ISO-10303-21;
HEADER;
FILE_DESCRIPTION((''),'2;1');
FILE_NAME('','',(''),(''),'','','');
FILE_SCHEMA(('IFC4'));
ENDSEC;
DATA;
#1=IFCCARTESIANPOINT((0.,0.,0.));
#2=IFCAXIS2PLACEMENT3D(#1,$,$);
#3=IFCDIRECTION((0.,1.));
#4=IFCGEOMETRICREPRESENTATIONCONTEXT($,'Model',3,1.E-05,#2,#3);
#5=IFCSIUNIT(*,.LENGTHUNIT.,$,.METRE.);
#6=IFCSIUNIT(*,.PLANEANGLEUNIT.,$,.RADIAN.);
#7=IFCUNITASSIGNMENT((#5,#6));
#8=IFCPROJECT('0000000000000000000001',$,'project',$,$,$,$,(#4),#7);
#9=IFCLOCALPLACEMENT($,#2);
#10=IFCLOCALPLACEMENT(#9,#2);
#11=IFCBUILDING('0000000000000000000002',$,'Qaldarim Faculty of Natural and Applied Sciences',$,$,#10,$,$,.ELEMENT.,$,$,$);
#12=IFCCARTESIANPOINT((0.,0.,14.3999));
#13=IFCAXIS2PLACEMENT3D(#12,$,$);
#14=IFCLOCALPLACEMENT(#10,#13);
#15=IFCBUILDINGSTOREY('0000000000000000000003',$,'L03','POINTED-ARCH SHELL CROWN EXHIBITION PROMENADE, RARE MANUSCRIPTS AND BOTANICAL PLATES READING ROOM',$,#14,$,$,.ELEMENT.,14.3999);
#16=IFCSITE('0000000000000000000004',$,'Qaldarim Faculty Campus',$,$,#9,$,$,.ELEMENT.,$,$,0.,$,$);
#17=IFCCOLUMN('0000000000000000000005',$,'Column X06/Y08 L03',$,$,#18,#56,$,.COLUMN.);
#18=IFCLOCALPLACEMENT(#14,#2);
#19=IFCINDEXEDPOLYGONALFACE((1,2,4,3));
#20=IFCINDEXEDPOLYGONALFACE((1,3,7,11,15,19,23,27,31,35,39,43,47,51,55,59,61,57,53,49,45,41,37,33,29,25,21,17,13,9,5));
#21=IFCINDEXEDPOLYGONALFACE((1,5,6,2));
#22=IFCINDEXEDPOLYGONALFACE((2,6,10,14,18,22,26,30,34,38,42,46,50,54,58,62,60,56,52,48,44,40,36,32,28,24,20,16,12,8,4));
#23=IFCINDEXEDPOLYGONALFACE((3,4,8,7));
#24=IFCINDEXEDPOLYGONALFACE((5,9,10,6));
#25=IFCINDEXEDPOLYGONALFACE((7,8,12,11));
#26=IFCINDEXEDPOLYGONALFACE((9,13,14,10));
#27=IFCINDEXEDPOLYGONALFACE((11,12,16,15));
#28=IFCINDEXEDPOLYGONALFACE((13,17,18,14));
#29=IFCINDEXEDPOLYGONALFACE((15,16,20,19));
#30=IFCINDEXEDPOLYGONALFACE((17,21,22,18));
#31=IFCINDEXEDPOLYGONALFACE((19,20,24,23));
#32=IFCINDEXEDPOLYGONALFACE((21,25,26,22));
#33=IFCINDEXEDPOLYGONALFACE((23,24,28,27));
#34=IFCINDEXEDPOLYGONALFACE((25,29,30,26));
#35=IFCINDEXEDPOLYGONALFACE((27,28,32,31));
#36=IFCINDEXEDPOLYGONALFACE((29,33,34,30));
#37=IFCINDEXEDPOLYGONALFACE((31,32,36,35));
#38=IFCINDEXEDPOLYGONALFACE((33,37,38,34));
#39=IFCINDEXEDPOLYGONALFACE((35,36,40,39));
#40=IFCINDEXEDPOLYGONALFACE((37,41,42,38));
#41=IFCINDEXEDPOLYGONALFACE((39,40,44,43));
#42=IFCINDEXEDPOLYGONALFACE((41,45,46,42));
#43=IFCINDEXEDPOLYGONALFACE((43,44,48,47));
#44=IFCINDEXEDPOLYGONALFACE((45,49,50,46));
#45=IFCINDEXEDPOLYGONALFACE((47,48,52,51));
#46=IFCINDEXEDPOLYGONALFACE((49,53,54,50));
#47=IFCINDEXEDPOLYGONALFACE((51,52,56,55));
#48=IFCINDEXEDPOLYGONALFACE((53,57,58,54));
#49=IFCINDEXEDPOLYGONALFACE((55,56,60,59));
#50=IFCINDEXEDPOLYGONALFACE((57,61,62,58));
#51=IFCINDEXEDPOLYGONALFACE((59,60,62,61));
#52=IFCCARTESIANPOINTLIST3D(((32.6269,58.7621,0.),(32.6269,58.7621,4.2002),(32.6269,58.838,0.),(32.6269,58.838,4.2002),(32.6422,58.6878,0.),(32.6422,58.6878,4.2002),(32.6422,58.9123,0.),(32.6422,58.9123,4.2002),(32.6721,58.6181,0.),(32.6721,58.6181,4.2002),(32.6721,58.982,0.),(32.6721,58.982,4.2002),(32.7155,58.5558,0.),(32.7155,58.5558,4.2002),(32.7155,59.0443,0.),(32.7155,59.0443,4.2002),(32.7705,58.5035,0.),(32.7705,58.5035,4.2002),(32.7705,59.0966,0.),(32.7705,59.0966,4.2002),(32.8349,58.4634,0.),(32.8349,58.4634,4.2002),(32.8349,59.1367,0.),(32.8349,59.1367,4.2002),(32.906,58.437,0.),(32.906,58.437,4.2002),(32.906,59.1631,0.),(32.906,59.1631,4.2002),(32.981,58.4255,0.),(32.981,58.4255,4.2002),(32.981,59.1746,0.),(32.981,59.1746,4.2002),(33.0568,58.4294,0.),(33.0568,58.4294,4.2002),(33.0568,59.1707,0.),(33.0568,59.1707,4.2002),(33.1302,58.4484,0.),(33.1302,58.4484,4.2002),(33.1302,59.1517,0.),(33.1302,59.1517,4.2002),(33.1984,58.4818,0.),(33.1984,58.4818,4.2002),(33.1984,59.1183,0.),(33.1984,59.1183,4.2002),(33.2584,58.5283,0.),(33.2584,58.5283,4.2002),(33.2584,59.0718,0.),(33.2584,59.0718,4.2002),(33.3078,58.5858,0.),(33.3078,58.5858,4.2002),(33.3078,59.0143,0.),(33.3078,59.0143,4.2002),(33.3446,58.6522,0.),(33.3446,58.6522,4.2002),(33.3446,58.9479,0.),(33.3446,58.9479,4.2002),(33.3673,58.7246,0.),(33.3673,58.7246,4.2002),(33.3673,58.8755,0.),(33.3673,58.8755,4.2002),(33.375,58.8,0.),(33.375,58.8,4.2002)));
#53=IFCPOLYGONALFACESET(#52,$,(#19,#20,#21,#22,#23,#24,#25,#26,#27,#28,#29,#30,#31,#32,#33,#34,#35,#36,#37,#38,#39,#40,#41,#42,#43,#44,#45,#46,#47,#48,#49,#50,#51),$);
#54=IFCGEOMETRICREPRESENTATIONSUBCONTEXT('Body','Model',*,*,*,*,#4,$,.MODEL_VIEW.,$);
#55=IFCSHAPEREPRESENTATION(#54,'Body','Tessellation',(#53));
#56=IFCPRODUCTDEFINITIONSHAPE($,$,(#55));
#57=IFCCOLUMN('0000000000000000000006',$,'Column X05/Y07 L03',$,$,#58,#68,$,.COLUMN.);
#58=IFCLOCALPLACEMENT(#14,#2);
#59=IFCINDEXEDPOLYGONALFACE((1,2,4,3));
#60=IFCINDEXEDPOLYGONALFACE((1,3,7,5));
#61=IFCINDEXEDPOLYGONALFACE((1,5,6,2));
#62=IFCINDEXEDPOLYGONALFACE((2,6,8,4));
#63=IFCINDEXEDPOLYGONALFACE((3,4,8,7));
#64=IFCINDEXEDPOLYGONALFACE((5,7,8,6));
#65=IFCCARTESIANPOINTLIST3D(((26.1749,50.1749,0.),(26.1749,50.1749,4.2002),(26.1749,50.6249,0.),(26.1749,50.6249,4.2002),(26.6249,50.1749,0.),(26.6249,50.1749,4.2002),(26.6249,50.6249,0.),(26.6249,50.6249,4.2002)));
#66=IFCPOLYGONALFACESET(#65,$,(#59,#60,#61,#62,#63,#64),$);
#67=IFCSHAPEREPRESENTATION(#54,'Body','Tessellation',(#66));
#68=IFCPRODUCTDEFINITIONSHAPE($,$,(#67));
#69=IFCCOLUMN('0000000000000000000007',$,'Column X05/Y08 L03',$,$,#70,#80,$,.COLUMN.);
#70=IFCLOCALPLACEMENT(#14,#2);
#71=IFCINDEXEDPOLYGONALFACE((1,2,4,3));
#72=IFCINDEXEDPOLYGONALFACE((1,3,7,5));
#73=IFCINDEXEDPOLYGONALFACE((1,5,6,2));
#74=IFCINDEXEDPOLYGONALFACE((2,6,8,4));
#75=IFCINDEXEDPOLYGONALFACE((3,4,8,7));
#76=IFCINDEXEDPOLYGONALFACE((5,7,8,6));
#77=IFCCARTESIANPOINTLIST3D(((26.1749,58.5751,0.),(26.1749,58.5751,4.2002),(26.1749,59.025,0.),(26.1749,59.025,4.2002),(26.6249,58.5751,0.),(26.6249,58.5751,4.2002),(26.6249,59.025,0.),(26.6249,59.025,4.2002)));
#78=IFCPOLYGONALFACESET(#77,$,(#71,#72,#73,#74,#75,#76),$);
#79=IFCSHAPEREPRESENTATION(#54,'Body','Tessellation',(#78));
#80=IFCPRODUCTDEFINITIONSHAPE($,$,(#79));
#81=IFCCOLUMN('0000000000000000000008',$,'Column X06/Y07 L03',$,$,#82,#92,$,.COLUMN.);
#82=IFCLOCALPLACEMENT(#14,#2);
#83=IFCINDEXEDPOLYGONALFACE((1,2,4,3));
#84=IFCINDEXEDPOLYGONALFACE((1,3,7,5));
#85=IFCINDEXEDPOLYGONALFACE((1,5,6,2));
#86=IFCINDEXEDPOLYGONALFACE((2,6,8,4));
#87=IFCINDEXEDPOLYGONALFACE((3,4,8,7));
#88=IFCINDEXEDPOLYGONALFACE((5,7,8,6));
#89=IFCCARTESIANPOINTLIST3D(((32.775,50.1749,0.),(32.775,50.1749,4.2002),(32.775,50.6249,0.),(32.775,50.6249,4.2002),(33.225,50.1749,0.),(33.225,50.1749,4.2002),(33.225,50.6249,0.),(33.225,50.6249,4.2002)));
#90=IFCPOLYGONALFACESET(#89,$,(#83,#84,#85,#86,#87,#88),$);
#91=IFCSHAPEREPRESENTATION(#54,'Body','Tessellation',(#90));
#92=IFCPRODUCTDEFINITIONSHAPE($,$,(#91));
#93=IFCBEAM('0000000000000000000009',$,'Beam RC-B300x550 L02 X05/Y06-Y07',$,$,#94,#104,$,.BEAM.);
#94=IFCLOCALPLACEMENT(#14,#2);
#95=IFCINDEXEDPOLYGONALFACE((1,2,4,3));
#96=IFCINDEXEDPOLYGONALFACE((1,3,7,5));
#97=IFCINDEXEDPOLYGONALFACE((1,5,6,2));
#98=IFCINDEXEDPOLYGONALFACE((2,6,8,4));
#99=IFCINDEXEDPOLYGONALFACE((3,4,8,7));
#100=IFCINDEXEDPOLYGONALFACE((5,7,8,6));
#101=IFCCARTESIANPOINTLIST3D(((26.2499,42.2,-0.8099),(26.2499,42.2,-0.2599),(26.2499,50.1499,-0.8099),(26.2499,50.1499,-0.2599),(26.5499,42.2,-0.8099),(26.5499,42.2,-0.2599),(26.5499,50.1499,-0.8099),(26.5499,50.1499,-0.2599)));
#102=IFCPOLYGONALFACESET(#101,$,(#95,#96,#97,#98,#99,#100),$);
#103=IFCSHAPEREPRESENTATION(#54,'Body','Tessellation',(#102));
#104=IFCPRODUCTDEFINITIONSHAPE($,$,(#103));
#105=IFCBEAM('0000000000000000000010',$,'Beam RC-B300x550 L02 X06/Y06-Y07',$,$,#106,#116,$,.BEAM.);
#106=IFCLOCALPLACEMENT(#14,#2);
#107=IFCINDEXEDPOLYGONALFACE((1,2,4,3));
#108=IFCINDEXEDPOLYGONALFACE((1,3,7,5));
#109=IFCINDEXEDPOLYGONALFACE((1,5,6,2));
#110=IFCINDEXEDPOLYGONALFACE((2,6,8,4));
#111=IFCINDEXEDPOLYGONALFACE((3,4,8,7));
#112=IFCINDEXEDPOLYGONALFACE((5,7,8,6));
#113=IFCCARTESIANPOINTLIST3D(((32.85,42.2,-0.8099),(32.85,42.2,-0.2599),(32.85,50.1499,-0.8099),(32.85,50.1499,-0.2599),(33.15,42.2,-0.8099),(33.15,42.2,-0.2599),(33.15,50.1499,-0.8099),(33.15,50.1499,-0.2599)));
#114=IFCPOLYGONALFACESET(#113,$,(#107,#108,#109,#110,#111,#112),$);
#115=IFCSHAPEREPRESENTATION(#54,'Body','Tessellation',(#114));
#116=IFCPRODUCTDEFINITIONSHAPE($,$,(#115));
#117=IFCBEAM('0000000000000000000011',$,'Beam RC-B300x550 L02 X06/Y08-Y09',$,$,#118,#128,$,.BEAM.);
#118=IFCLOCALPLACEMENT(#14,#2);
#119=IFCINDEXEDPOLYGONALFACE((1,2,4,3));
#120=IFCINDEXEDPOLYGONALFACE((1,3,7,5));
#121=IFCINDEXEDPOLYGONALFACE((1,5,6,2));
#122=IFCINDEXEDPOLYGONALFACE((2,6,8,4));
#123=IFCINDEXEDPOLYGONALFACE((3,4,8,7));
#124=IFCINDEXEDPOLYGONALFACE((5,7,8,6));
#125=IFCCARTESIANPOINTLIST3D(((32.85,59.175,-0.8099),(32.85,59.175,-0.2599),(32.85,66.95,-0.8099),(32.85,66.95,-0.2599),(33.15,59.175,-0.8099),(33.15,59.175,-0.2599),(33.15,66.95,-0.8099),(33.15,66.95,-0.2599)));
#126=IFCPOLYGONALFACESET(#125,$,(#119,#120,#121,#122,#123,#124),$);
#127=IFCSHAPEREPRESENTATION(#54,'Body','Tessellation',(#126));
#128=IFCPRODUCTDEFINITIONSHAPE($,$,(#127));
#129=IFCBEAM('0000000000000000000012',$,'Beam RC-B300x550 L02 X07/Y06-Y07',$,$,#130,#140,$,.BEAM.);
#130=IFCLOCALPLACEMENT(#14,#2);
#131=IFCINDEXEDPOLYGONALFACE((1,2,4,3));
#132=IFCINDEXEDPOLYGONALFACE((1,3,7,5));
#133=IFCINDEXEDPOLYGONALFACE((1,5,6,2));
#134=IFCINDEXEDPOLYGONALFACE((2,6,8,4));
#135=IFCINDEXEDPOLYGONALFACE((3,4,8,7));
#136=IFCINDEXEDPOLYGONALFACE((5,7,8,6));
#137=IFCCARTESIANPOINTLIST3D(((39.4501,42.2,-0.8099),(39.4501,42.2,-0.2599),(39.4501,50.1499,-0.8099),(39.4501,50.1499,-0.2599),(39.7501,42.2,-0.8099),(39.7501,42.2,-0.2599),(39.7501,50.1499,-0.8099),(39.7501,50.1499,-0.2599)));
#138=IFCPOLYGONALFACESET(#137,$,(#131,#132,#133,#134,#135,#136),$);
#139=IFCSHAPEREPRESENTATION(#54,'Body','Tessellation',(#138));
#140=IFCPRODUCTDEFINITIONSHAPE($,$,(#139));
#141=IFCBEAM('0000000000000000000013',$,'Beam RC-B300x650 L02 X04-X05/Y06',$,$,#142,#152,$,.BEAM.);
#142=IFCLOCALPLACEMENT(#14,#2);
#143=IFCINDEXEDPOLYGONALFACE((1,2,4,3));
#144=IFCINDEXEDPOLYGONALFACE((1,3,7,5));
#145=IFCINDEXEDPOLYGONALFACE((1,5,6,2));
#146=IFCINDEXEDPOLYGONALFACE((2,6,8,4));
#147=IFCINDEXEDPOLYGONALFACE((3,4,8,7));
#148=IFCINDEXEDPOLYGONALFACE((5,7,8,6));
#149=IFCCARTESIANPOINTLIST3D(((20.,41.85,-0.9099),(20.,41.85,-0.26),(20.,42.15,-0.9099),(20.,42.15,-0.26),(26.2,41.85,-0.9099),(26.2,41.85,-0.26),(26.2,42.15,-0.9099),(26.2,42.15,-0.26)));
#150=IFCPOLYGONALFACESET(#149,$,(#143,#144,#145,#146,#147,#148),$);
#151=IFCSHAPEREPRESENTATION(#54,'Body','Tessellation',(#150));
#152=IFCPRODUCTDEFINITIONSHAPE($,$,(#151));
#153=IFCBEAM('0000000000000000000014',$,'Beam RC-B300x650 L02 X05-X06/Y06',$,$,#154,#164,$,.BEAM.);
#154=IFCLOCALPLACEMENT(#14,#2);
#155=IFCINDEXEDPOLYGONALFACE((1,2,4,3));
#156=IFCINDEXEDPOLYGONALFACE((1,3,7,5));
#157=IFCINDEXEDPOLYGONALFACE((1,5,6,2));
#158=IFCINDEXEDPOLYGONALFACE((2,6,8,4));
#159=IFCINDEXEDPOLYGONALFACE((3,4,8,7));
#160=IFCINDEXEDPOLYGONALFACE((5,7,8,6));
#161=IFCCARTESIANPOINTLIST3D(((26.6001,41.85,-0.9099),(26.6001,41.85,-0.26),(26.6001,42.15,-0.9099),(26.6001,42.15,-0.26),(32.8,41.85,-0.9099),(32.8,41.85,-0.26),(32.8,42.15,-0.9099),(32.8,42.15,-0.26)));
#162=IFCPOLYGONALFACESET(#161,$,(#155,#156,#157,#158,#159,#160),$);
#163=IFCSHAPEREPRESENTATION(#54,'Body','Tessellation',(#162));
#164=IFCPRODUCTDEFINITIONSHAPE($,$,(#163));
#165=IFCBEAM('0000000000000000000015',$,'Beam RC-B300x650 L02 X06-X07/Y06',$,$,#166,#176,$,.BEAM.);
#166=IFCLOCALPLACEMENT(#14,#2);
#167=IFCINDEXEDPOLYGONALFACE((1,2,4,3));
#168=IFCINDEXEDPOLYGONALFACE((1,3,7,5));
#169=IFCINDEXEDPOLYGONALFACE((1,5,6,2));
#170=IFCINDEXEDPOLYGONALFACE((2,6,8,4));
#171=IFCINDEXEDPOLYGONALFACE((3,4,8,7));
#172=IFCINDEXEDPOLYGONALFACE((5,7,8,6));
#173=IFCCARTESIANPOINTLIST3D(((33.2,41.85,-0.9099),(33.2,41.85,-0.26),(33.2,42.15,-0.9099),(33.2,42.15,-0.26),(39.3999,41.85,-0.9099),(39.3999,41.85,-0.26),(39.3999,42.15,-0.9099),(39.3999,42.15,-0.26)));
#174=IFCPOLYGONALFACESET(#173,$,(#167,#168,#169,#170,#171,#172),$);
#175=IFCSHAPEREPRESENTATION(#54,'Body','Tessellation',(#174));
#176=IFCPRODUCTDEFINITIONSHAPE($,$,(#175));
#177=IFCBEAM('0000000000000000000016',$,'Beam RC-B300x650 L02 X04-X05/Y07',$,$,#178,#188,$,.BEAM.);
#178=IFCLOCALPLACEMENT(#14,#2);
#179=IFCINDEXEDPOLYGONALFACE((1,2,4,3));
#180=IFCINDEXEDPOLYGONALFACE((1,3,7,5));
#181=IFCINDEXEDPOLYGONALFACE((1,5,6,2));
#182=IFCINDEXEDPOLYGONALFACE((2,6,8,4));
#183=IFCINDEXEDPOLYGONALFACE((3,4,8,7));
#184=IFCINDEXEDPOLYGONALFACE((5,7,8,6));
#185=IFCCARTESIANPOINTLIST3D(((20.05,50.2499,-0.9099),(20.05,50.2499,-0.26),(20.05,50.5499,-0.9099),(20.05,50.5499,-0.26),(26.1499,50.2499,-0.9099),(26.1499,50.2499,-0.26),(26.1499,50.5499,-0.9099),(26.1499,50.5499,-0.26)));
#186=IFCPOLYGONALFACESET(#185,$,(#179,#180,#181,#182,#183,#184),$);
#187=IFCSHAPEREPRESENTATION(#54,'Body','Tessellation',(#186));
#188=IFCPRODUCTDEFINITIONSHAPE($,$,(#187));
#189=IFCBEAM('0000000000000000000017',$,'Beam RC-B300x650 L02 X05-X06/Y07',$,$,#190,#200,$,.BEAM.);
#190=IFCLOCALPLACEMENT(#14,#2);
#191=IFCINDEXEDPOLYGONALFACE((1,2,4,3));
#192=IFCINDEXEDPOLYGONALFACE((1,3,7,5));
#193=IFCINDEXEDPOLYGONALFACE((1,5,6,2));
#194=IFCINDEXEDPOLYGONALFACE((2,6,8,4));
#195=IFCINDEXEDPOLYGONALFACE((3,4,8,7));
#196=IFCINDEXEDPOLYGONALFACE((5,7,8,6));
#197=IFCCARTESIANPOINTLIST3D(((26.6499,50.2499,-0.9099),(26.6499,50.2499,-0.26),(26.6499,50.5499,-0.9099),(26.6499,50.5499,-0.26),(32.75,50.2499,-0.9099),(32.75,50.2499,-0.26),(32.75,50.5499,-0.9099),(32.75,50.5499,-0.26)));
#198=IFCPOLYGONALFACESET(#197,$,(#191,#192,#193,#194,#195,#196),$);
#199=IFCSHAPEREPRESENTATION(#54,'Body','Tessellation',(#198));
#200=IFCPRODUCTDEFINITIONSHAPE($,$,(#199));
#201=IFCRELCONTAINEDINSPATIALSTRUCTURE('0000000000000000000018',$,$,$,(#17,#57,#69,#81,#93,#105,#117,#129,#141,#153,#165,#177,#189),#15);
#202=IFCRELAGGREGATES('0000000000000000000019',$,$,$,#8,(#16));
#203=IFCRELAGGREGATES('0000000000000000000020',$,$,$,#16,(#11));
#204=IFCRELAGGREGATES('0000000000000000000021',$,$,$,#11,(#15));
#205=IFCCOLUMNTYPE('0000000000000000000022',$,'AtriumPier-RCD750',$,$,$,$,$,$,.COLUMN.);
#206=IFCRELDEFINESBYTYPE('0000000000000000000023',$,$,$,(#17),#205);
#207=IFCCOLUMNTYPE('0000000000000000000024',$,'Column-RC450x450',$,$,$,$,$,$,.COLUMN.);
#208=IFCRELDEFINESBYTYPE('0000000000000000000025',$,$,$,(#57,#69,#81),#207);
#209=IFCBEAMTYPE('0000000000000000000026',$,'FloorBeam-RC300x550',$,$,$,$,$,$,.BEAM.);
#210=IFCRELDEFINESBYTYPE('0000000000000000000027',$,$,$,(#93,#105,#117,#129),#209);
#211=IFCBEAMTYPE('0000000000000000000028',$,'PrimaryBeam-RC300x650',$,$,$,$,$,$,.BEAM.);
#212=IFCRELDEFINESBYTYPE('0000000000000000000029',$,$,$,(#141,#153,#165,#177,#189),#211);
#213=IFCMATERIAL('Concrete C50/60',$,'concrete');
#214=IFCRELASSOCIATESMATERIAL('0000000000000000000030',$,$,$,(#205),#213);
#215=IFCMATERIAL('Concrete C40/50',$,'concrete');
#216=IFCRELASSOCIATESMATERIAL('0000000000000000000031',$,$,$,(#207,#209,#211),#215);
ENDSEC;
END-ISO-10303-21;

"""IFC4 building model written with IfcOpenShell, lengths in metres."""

from ifc_helpers import new_model, si_unit, direction, frame, origin, origin_2d, place, context, subcontext, project, spatial, rectangle, circle, extrude, material, material_profile, profile_set, type_object, element, save


model = new_model("IFC4")

# Units and contexts
model_context = context("Model", 3, precision=1e-05, world=origin(), true_north=direction((0.0, 1.0)))
body_context = subcontext(model_context, "Body", "Model", "MODEL_VIEW")
ifc_project = project(units=[si_unit("LENGTHUNIT", "METRE"), si_unit("PLANEANGLEUNIT", "RADIAN")], contexts=[model_context])

# Site, building, storey
site_placement = place(None, origin())
site = spatial("IfcSite", under=ifc_project, at=site_placement, Name="Qaldarim Faculty Campus", CompositionType="ELEMENT", RefElevation=0.0)
building_placement = place(site_placement, origin())
building = spatial("IfcBuilding", under=site, at=building_placement, Name="Qaldarim Faculty of Natural and Applied Sciences", CompositionType="ELEMENT")
storey_placement = place(building_placement, frame((0.0, 0.0, 14.3999)))
storey = spatial("IfcBuildingStorey", under=building, at=storey_placement, Name="L03", Description="POINTED-ARCH SHELL CROWN EXHIBITION PROMENADE, RARE MANUSCRIPTS AND BOTANICAL PLATES READING ROOM", CompositionType="ELEMENT", Elevation=14.3999)

# Columns
ifc_material_1 = material(Name="Concrete C50/60", Category="concrete")
ifc_material_profile_1 = material_profile(ifc_material_1, circle(Radius=0.375, at=origin_2d()), Name="RC-D750")
ifc_profile_set_1 = profile_set([ifc_material_profile_1], Name="Concrete C50/60")
column_type_1 = type_object("IfcColumnType", Name="AtriumPier-RCD750", PredefinedType="COLUMN", material=ifc_profile_set_1)
column_placement = place(storey_placement, frame((33.0, 58.8, 0.0), z_axis=(0.0, 0.0, 1.0), x_axis=(1.0, 0.0, 0.0)))
element("IfcColumn", 1, at=column_placement, inside=storey, type_object=column_type_1, Name="Column X06/Y08 L03", PredefinedType="COLUMN", context=body_context, shape_type="SweptSolid", body=[
    extrude(circle(Radius=0.375, at=origin_2d()), origin(), (0.0, 0.0, 1.0), 4.2002),
])
ifc_material_2 = material(Name="Concrete C40/50", Category="concrete")
ifc_material_profile_2 = material_profile(ifc_material_2, rectangle(XDim=0.45, YDim=0.45, at=origin_2d()), Name="RC-C450x450")
ifc_profile_set_2 = profile_set([ifc_material_profile_2], Name="Concrete C40/50")
column_type_2 = type_object("IfcColumnType", Name="Column-RC450x450", PredefinedType="COLUMN", material=ifc_profile_set_2)
for number, where, z_axis, x_axis, name in (
    (2, (26.3999, 50.3999, 0.0), (0.0, 0.0, 1.0), (1.0, 0.0, 0.0), "Column X05/Y07 L03"),
    (3, (26.3999, 58.8, 0.0), (0.0, 0.0, 1.0), (1.0, 0.0, 0.0), "Column X05/Y08 L03"),
    (4, (33.0, 50.3999, 0.0), (0.0, 0.0, 1.0), (1.0, 0.0, 0.0), "Column X06/Y07 L03"),
):
    element("IfcColumn", number, at=place(storey_placement, frame(where, z_axis=z_axis, x_axis=x_axis)), inside=storey, type_object=column_type_2, Name=name, PredefinedType="COLUMN", context=body_context, shape_type="SweptSolid", body=[
        extrude(rectangle(XDim=0.45, YDim=0.45, at=origin_2d()), origin(), (0.0, 0.0, 1.0), 4.2002),
    ])

# Beams
ifc_material_profile_3 = material_profile(ifc_material_2, rectangle(XDim=0.3, YDim=0.55, at=origin_2d()), Name="RC-B300x550")
ifc_profile_set_3 = profile_set([ifc_material_profile_3], Name="Concrete C40/50")
beam_type_1 = type_object("IfcBeamType", Name="FloorBeam-RC300x550", PredefinedType="BEAM", material=ifc_profile_set_3)
for number, where, z_axis, x_axis, name in (
    (5, (26.3999, 42.2, -0.5349), (0.0, 1.0, 0.0), (-1.0, 0.0, 0.0), "Beam RC-B300x550 L02 X05/Y06-Y07"),
    (6, (33.0, 42.2, -0.5349), (0.0, 1.0, 0.0), (-1.0, 0.0, 0.0), "Beam RC-B300x550 L02 X06/Y06-Y07"),
):
    element("IfcBeam", number, at=place(storey_placement, frame(where, z_axis=z_axis, x_axis=x_axis)), inside=storey, type_object=beam_type_1, Name=name, PredefinedType="BEAM", context=body_context, shape_type="SweptSolid", body=[
        extrude(rectangle(XDim=0.3, YDim=0.55, at=origin_2d()), origin(), (0.0, 0.0, 1.0), 7.95),
    ])
beam_1_placement = place(storey_placement, frame((33.0, 59.175, -0.5349), z_axis=(0.0, 1.0, 0.0), x_axis=(-1.0, 0.0, 0.0)))
element("IfcBeam", 7, at=beam_1_placement, inside=storey, type_object=beam_type_1, Name="Beam RC-B300x550 L02 X06/Y08-Y09", PredefinedType="BEAM", context=body_context, shape_type="SweptSolid", body=[
    extrude(rectangle(XDim=0.3, YDim=0.55, at=origin_2d()), origin(), (0.0, 0.0, 1.0), 7.7749),
])
beam_2_placement = place(storey_placement, frame((39.6001, 42.2, -0.5349), z_axis=(0.0, 1.0, 0.0), x_axis=(-1.0, 0.0, 0.0)))
element("IfcBeam", 8, at=beam_2_placement, inside=storey, type_object=beam_type_1, Name="Beam RC-B300x550 L02 X07/Y06-Y07", PredefinedType="BEAM", context=body_context, shape_type="SweptSolid", body=[
    extrude(rectangle(XDim=0.3, YDim=0.55, at=origin_2d()), origin(), (0.0, 0.0, 1.0), 7.95),
])
ifc_material_profile_4 = material_profile(ifc_material_2, rectangle(XDim=0.3, YDim=0.6499, at=origin_2d()), Name="RC-B300x650")
ifc_profile_set_4 = profile_set([ifc_material_profile_4], Name="Concrete C40/50")
beam_type_2 = type_object("IfcBeamType", Name="PrimaryBeam-RC300x650", PredefinedType="BEAM", material=ifc_profile_set_4)
for number, where, z_axis, x_axis, name in (
    (9, (20.0, 42.0, -0.585), (1.0, 0.0, 0.0), (0.0, 1.0, 0.0), "Beam RC-B300x650 L02 X04-X05/Y06"),
    (10, (26.6001, 42.0, -0.585), (1.0, 0.0, 0.0), (0.0, 1.0, 0.0), "Beam RC-B300x650 L02 X05-X06/Y06"),
    (11, (33.2, 42.0, -0.585), (1.0, 0.0, 0.0), (0.0, 1.0, 0.0), "Beam RC-B300x650 L02 X06-X07/Y06"),
):
    element("IfcBeam", number, at=place(storey_placement, frame(where, z_axis=z_axis, x_axis=x_axis)), inside=storey, type_object=beam_type_2, Name=name, PredefinedType="BEAM", context=body_context, shape_type="SweptSolid", body=[
        extrude(rectangle(XDim=0.3, YDim=0.6499, at=origin_2d()), origin(), (0.0, 0.0, 1.0), 6.2),
    ])
beam_3_placement = place(storey_placement, frame((20.05, 50.3999, -0.585), z_axis=(1.0, 0.0, 0.0), x_axis=(0.0, 1.0, 0.0)))
element("IfcBeam", 12, at=beam_3_placement, inside=storey, type_object=beam_type_2, Name="Beam RC-B300x650 L02 X04-X05/Y07", PredefinedType="BEAM", context=body_context, shape_type="SweptSolid", body=[
    extrude(rectangle(XDim=0.3, YDim=0.6499, at=origin_2d()), origin(), (0.0, 0.0, 1.0), 6.0999),
])
for number, where, z_axis, x_axis, name in (
    (13, (26.6499, 50.3999, -0.585), (1.0, 0.0, 0.0), (0.0, 1.0, 0.0), "Beam RC-B300x650 L02 X05-X06/Y07"),
):
    element("IfcBeam", number, at=place(storey_placement, frame(where, z_axis=z_axis, x_axis=x_axis)), inside=storey, type_object=beam_type_2, Name=name, PredefinedType="BEAM", context=body_context, shape_type="SweptSolid", body=[
        extrude(rectangle(XDim=0.3, YDim=0.6499, at=origin_2d()), origin(), (0.0, 0.0, 1.0), 6.1001),
    ])

save(model, "model.ifc")
